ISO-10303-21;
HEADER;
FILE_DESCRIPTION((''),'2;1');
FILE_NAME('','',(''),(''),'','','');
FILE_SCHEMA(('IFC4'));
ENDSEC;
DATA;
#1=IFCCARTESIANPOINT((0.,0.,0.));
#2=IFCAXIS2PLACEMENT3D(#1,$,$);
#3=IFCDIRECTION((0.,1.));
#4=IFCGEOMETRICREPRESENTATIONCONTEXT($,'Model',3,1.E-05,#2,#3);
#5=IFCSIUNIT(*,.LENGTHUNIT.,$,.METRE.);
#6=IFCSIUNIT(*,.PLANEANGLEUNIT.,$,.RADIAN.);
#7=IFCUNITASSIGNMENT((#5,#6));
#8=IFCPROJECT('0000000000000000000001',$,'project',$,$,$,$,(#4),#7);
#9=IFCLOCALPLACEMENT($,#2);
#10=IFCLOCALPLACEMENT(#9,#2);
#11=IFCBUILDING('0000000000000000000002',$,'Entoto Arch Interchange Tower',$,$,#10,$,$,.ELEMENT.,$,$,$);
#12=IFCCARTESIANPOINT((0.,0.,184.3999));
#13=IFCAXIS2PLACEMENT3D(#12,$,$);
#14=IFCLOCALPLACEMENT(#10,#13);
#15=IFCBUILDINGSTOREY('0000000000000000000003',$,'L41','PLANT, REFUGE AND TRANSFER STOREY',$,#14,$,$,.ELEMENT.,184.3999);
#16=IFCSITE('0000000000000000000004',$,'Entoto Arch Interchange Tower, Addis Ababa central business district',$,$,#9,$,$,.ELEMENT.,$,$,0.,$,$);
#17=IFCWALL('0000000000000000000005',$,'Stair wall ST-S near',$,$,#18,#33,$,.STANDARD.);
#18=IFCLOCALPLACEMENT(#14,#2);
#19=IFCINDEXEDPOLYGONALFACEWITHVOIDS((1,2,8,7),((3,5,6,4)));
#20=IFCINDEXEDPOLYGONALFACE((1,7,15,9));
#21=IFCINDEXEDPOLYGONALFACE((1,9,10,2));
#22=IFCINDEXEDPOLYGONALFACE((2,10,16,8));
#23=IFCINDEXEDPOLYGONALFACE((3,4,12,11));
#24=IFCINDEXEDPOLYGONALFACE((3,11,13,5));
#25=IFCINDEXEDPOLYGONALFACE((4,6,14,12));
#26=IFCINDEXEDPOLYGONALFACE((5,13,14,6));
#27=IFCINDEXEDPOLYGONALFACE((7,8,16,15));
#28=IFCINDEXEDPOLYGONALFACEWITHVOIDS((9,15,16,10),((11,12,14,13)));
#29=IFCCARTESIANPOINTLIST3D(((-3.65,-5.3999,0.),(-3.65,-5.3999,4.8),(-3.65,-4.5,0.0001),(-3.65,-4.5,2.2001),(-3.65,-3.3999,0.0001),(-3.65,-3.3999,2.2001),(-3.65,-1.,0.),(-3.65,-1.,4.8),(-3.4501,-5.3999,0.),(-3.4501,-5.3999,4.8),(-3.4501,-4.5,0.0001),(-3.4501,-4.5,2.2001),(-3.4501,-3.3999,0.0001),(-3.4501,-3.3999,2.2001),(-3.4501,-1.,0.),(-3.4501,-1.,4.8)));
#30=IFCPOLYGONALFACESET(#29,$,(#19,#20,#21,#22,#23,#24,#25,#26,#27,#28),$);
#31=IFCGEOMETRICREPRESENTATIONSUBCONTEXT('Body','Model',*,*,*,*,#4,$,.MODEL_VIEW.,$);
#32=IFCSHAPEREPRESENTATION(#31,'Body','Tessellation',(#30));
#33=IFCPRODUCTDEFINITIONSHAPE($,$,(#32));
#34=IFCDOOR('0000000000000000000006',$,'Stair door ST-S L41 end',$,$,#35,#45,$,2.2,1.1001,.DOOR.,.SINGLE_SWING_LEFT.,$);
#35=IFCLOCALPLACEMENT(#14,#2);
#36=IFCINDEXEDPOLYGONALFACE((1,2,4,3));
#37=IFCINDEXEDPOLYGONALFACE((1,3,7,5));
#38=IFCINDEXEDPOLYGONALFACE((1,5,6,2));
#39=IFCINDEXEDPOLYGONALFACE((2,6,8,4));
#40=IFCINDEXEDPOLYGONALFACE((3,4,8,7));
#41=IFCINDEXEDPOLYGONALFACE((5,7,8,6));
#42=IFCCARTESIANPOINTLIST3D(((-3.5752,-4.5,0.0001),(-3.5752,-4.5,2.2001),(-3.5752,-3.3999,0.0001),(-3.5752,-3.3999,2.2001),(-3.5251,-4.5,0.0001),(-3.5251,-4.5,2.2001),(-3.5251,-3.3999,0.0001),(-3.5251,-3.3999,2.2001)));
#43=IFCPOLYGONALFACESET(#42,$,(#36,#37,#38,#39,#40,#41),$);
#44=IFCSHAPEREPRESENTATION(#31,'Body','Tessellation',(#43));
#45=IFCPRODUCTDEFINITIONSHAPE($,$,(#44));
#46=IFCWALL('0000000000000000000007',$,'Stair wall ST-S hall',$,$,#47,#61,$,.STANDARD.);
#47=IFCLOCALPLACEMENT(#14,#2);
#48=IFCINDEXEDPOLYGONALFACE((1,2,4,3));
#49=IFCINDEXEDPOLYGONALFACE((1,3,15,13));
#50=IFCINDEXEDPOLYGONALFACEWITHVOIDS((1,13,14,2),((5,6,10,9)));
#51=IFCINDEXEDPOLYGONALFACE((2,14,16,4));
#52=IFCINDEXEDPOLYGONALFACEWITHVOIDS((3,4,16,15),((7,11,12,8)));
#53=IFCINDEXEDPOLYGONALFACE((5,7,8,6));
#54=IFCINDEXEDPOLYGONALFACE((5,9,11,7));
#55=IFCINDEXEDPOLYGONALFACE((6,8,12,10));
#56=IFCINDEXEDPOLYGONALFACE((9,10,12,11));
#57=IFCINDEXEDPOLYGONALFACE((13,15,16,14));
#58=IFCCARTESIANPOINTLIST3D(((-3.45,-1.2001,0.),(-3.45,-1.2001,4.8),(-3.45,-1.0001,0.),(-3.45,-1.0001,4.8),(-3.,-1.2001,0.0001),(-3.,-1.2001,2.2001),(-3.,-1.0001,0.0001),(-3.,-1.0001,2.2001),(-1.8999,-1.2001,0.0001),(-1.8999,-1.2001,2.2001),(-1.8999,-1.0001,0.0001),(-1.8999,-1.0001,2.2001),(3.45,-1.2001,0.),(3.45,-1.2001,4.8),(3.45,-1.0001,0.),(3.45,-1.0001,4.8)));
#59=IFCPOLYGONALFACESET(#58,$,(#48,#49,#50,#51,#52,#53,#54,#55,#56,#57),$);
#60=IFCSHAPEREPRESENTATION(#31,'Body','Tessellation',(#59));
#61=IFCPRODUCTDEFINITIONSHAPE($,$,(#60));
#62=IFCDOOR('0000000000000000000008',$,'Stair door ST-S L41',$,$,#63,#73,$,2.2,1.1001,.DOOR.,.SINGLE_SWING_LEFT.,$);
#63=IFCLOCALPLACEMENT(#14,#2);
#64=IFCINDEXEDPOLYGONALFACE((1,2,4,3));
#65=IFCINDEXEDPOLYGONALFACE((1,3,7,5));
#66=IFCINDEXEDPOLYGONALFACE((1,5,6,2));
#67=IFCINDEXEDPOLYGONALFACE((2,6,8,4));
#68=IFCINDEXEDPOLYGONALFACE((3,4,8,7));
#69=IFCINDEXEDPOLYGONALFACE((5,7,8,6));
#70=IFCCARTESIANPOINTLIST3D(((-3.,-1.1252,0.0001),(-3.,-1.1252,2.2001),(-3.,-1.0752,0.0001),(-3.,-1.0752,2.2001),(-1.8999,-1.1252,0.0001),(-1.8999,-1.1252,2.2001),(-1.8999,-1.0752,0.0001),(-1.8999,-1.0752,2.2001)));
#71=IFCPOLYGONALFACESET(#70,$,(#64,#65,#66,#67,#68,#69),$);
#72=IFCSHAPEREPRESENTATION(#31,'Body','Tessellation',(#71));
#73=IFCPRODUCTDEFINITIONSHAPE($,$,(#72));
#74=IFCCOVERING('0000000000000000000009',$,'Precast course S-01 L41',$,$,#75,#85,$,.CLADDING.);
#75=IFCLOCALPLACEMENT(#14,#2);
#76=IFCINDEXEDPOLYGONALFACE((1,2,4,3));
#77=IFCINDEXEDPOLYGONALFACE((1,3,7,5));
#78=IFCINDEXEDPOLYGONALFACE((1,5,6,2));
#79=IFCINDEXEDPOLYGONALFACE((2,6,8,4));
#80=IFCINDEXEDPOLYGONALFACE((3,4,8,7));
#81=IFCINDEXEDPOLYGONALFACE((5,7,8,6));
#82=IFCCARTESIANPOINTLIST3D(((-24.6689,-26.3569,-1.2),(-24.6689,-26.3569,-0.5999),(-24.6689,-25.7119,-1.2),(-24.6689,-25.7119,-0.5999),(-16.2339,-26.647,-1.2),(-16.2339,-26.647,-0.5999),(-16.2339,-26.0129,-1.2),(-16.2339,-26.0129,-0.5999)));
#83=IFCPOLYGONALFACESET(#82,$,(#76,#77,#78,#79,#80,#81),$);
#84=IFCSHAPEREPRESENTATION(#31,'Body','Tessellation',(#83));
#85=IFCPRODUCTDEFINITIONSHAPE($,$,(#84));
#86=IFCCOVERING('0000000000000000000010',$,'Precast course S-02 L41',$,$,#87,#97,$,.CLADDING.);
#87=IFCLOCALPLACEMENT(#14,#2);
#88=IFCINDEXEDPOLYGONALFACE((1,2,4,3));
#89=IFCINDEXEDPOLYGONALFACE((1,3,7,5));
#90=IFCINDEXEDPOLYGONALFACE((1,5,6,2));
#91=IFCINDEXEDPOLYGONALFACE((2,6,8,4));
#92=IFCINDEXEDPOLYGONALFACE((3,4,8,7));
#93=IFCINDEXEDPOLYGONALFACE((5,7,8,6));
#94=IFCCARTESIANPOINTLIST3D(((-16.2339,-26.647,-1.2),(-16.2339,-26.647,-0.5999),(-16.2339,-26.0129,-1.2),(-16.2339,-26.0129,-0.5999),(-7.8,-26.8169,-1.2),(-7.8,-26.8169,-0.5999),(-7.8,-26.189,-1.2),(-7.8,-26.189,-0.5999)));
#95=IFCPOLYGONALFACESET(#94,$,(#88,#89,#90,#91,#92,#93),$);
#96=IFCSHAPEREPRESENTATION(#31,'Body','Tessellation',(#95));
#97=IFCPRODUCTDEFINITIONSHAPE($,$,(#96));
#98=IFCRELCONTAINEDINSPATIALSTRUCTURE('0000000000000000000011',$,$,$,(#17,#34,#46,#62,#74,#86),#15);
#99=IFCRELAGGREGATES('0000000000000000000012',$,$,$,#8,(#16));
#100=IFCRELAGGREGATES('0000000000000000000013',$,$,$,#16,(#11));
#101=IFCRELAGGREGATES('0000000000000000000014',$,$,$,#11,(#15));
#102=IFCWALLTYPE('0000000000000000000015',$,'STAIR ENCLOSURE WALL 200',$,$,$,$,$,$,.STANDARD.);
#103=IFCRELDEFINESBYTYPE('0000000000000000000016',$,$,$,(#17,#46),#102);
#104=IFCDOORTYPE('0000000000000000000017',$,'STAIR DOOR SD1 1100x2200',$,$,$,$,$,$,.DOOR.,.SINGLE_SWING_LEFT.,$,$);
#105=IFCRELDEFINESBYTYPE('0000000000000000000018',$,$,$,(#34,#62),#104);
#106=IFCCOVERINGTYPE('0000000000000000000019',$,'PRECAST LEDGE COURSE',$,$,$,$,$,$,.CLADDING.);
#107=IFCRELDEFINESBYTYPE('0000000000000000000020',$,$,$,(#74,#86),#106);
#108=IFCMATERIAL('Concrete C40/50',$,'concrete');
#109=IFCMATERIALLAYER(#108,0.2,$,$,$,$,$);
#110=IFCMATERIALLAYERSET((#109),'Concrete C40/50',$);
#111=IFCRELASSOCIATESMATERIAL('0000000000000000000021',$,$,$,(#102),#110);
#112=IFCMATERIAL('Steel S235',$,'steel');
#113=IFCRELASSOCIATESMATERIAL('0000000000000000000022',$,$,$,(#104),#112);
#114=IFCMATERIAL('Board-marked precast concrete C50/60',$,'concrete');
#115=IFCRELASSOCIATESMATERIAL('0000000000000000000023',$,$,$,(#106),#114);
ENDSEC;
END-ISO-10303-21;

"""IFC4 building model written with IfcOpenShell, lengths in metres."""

from ifc_helpers import new_model, si_unit, direction, frame, frame_2d, origin, place, context, subcontext, project, spatial, polyline, rectangle, outline, extrude, material, layer, layer_set, type_object, element, fill, save


model = new_model("IFC4")

# Units and contexts
model_context = context("Model", 3, precision=1e-05, world=origin(), true_north=direction((0.0, 1.0)))
body_context = subcontext(model_context, "Body", "Model", "MODEL_VIEW")
ifc_project = project(units=[si_unit("LENGTHUNIT", "METRE"), si_unit("PLANEANGLEUNIT", "RADIAN")], contexts=[model_context])

# Site, building, storey
site_placement = place(None, origin())
site = spatial("IfcSite", under=ifc_project, at=site_placement, Name="Entoto Arch Interchange Tower, Addis Ababa central business district", CompositionType="ELEMENT", RefElevation=0.0)
building_placement = place(site_placement, origin())
building = spatial("IfcBuilding", under=site, at=building_placement, Name="Entoto Arch Interchange Tower", CompositionType="ELEMENT")
storey_placement = place(building_placement, frame((0.0, 0.0, 184.3999)))
storey = spatial("IfcBuildingStorey", under=building, at=storey_placement, Name="L41", Description="PLANT, REFUGE AND TRANSFER STOREY", CompositionType="ELEMENT", Elevation=184.3999)

# Shared definitions
ifc_material_1 = material(Name="Concrete C40/50", Category="concrete")

# Walls, openings, doors
ifc_layer_1 = layer(ifc_material_1, 0.2)
ifc_layer_set_1 = layer_set([ifc_layer_1], Name="Concrete C40/50")
wall_type_1 = type_object("IfcWallType", Name="STAIR ENCLOSURE WALL 200", PredefinedType="STANDARD", material=ifc_layer_set_1)
wall_1_placement = place(storey_placement, frame((-3.55, -1.0, 0.0), z_axis=(0.0, 0.0, 1.0), x_axis=(0.0, -1.0, 0.0)))
wall_1 = element("IfcWall", 1, at=wall_1_placement, inside=storey, type_object=wall_type_1, Name="Stair wall ST-S near", PredefinedType="STANDARD", context=body_context, shape_type="SweptSolid", body=[
    extrude(rectangle(XDim=4.3999, YDim=0.2, at=frame_2d((2.2, 0.0))), origin(), (0.0, 0.0, 1.0), 4.8),
])
opening_1_placement = place(wall_1_placement, frame((2.3999, 0.0, 0.0)))
opening_1 = element("IfcOpeningElement", 2, at=opening_1_placement, cuts=wall_1, PredefinedType="OPENING", context=body_context, shape_type="SweptSolid", body=[
    extrude(rectangle(XDim=1.1001, YDim=2.2, at=frame_2d((0.55, 1.1001))), frame((0.0, 0.1099, 0.0), z_axis=(0.0, -1.0, 0.0), x_axis=(1.0, 0.0, 0.0)), (0.0, 0.0, 1.0), 0.22),
])
ifc_material_2 = material(Name="Steel S235", Category="steel")
door_type = type_object("IfcDoorType", Name="STAIR DOOR SD1 1100x2200", OperationType="SINGLE_SWING_LEFT", PredefinedType="DOOR", material=ifc_material_2)
door_1_placement = place(opening_1_placement, origin())
door_1 = element("IfcDoor", 3, at=door_1_placement, inside=storey, type_object=door_type, Name="Stair door ST-S L41 end", OperationType="SINGLE_SWING_LEFT", OverallHeight=2.2, OverallWidth=1.1001, PredefinedType="DOOR", context=body_context, shape_type="SweptSolid", body=[
    extrude(rectangle(XDim=1.1001, YDim=2.2, at=frame_2d((0.55, 1.1001))), frame((0.0, 0.0249, 0.0), z_axis=(0.0, -1.0, 0.0), x_axis=(1.0, 0.0, 0.0)), (0.0, 0.0, 1.0), 0.05),
])
fill(opening_1, door_1)
wall_2_placement = place(storey_placement, frame((-3.45, -1.1001, 0.0), z_axis=(0.0, 0.0, 1.0), x_axis=(1.0, 0.0, 0.0)))
wall_2 = element("IfcWall", 4, at=wall_2_placement, inside=storey, type_object=wall_type_1, Name="Stair wall ST-S hall", PredefinedType="STANDARD", context=body_context, shape_type="SweptSolid", body=[
    extrude(rectangle(XDim=6.8999, YDim=0.2, at=frame_2d((3.45, 0.0))), origin(), (0.0, 0.0, 1.0), 4.8),
])
opening_2_placement = place(wall_2_placement, frame((0.45, 0.0, 0.0)))
opening_2 = element("IfcOpeningElement", 5, at=opening_2_placement, cuts=wall_2, PredefinedType="OPENING", context=body_context, shape_type="SweptSolid", body=[
    extrude(rectangle(XDim=1.1001, YDim=2.2, at=frame_2d((0.55, 1.1001))), frame((0.0, 0.1099, 0.0), z_axis=(0.0, -1.0, 0.0), x_axis=(1.0, 0.0, 0.0)), (0.0, 0.0, 1.0), 0.22),
])
door_2_placement = place(opening_2_placement, origin())
door_2 = element("IfcDoor", 6, at=door_2_placement, inside=storey, type_object=door_type, Name="Stair door ST-S L41", OperationType="SINGLE_SWING_LEFT", OverallHeight=2.2, OverallWidth=1.1001, PredefinedType="DOOR", context=body_context, shape_type="SweptSolid", body=[
    extrude(rectangle(XDim=1.1001, YDim=2.2, at=frame_2d((0.55, 1.1001))), frame((0.0, 0.0249, 0.0), z_axis=(0.0, -1.0, 0.0), x_axis=(1.0, 0.0, 0.0)), (0.0, 0.0, 1.0), 0.05),
])
fill(opening_2, door_2)

# Coverings
ifc_material_3 = material(Name="Board-marked precast concrete C50/60", Category="concrete")
covering_type = type_object("IfcCoveringType", Name="PRECAST LEDGE COURSE", PredefinedType="CLADDING", material=ifc_material_3)
covering_1_placement = place(storey_placement, frame((0.0, 0.0, -1.2)))
element("IfcCovering", 7, at=covering_1_placement, inside=storey, type_object=covering_type, Name="Precast course S-01 L41", PredefinedType="CLADDING", context=body_context, shape_type="SweptSolid", body=[
    extrude(outline(polyline([(-16.2339, -26.0129), (-16.2339, -26.647), (-24.6689, -26.3569), (-24.6689, -25.7119), (-16.2339, -26.0129)])), origin(), (0.0, 0.0, 1.0), 0.6001),
])
covering_2_placement = place(storey_placement, frame((0.0, 0.0, -1.2)))
element("IfcCovering", 8, at=covering_2_placement, inside=storey, type_object=covering_type, Name="Precast course S-02 L41", PredefinedType="CLADDING", context=body_context, shape_type="SweptSolid", body=[
    extrude(outline(polyline([(-7.8, -26.189), (-7.8, -26.8169), (-16.2339, -26.647), (-16.2339, -26.0129), (-7.8, -26.189)])), origin(), (0.0, 0.0, 1.0), 0.6001),
])

save(model, "model.ifc")
